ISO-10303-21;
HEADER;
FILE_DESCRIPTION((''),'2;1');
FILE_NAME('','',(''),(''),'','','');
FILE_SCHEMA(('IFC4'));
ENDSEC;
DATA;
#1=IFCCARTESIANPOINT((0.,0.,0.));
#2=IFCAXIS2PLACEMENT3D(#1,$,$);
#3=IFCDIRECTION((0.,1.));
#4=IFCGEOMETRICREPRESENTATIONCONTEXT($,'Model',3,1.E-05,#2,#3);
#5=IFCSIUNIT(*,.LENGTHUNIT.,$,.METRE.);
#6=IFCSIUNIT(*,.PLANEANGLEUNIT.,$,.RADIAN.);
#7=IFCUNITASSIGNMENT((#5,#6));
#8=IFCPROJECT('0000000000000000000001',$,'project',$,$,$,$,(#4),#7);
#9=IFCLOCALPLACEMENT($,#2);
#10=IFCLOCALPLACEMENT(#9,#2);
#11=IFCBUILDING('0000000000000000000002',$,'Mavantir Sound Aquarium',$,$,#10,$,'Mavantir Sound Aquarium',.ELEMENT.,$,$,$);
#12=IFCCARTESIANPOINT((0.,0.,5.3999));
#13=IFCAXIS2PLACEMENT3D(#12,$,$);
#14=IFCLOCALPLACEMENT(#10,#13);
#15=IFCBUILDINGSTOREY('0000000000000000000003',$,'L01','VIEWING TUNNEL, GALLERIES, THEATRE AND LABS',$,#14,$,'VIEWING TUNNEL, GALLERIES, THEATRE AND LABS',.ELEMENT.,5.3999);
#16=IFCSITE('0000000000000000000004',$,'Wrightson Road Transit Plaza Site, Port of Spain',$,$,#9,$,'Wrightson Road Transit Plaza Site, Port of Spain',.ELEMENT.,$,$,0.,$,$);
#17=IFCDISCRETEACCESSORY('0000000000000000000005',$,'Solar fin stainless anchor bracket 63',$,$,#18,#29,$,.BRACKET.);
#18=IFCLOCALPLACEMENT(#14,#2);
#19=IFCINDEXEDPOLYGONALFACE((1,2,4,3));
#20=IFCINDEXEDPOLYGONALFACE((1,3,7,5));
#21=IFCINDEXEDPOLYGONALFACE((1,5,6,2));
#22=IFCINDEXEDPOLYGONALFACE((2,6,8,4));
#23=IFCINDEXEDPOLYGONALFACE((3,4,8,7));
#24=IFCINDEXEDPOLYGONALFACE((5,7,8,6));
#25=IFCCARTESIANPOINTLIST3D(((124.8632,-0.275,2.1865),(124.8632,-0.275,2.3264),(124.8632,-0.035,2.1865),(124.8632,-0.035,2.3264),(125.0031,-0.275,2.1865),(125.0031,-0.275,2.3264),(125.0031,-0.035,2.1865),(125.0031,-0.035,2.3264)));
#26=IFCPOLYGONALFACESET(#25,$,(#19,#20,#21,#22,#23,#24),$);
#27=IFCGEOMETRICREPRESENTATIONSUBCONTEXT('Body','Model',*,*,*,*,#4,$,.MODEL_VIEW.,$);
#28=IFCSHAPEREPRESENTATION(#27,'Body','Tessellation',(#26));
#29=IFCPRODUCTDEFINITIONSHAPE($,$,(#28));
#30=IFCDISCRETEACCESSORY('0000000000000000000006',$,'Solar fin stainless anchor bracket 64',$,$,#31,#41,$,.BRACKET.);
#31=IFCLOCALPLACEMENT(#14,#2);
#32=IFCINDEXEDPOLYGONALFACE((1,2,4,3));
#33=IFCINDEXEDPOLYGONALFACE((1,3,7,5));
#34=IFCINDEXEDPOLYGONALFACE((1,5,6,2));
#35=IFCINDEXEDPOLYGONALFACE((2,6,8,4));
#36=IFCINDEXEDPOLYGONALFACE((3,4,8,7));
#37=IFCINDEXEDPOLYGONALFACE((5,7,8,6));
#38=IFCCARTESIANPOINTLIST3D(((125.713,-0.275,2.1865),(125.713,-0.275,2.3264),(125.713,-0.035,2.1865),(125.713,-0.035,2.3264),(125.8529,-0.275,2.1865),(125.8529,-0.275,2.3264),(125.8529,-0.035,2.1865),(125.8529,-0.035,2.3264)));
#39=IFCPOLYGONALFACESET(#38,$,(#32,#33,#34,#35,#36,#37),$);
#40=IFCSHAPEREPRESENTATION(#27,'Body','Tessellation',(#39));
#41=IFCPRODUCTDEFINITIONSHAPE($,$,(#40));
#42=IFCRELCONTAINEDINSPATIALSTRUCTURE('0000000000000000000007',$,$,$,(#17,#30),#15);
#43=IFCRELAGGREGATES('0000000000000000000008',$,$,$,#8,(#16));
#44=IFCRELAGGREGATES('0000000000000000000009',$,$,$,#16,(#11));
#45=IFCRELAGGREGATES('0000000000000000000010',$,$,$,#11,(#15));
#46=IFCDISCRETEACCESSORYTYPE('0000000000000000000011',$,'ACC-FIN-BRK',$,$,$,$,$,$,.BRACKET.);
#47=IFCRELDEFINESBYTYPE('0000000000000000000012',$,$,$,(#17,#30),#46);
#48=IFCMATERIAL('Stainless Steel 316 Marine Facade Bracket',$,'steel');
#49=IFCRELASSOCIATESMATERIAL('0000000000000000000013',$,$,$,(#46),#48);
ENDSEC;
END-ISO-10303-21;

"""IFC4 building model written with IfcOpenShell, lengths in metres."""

from ifc_helpers import new_model, si_unit, direction, frame, origin, origin_2d, place, context, subcontext, project, spatial, rectangle, extrude, material, type_object, element, save


model = new_model("IFC4")

# Units and contexts
model_context = context("Model", 3, precision=1e-05, world=origin(), true_north=direction((0.0, 1.0)))
body_context = subcontext(model_context, "Body", "Model", "MODEL_VIEW")
ifc_project = project(units=[si_unit("LENGTHUNIT", "METRE"), si_unit("PLANEANGLEUNIT", "RADIAN")], contexts=[model_context])

# Site, building, storey
site_placement = place(None, origin())
site = spatial("IfcSite", under=ifc_project, at=site_placement, Name="Wrightson Road Transit Plaza Site, Port of Spain", LongName="Wrightson Road Transit Plaza Site, Port of Spain", CompositionType="ELEMENT", RefElevation=0.0)
building_placement = place(site_placement, origin())
building = spatial("IfcBuilding", under=site, at=building_placement, Name="Mavantir Sound Aquarium", LongName="Mavantir Sound Aquarium", CompositionType="ELEMENT")
storey_placement = place(building_placement, frame((0.0, 0.0, 5.3999)))
storey = spatial("IfcBuildingStorey", under=building, at=storey_placement, Name="L01", Description="VIEWING TUNNEL, GALLERIES, THEATRE AND LABS", LongName="VIEWING TUNNEL, GALLERIES, THEATRE AND LABS", CompositionType="ELEMENT", Elevation=5.3999)

# Discrete accessories
ifc_material_1 = material(Name="Stainless Steel 316 Marine Facade Bracket", Category="steel")
discrete_accessory_type = type_object("IfcDiscreteAccessoryType", Name="ACC-FIN-BRK", PredefinedType="BRACKET", material=ifc_material_1)
for number, where, z_axis, x_axis, name in (
    (1, (124.9331, -0.155, 2.1865), (0.0, 0.0, 1.0), (-1.0, 0.0, 0.0), "Solar fin stainless anchor bracket 63"),
    (2, (125.783, -0.155, 2.1865), (0.0, 0.0, 1.0), (-1.0, 0.0, 0.0), "Solar fin stainless anchor bracket 64"),
):
    element("IfcDiscreteAccessory", number, at=place(storey_placement, frame(where, z_axis=z_axis, x_axis=x_axis)), inside=storey, type_object=discrete_accessory_type, Name=name, PredefinedType="BRACKET", context=body_context, shape_type="SweptSolid", body=[
        extrude(rectangle(XDim=0.1399, YDim=0.24, at=origin_2d()), origin(), (0.0, 0.0, 1.0), 0.1399),
    ])

save(model, "model.ifc")
